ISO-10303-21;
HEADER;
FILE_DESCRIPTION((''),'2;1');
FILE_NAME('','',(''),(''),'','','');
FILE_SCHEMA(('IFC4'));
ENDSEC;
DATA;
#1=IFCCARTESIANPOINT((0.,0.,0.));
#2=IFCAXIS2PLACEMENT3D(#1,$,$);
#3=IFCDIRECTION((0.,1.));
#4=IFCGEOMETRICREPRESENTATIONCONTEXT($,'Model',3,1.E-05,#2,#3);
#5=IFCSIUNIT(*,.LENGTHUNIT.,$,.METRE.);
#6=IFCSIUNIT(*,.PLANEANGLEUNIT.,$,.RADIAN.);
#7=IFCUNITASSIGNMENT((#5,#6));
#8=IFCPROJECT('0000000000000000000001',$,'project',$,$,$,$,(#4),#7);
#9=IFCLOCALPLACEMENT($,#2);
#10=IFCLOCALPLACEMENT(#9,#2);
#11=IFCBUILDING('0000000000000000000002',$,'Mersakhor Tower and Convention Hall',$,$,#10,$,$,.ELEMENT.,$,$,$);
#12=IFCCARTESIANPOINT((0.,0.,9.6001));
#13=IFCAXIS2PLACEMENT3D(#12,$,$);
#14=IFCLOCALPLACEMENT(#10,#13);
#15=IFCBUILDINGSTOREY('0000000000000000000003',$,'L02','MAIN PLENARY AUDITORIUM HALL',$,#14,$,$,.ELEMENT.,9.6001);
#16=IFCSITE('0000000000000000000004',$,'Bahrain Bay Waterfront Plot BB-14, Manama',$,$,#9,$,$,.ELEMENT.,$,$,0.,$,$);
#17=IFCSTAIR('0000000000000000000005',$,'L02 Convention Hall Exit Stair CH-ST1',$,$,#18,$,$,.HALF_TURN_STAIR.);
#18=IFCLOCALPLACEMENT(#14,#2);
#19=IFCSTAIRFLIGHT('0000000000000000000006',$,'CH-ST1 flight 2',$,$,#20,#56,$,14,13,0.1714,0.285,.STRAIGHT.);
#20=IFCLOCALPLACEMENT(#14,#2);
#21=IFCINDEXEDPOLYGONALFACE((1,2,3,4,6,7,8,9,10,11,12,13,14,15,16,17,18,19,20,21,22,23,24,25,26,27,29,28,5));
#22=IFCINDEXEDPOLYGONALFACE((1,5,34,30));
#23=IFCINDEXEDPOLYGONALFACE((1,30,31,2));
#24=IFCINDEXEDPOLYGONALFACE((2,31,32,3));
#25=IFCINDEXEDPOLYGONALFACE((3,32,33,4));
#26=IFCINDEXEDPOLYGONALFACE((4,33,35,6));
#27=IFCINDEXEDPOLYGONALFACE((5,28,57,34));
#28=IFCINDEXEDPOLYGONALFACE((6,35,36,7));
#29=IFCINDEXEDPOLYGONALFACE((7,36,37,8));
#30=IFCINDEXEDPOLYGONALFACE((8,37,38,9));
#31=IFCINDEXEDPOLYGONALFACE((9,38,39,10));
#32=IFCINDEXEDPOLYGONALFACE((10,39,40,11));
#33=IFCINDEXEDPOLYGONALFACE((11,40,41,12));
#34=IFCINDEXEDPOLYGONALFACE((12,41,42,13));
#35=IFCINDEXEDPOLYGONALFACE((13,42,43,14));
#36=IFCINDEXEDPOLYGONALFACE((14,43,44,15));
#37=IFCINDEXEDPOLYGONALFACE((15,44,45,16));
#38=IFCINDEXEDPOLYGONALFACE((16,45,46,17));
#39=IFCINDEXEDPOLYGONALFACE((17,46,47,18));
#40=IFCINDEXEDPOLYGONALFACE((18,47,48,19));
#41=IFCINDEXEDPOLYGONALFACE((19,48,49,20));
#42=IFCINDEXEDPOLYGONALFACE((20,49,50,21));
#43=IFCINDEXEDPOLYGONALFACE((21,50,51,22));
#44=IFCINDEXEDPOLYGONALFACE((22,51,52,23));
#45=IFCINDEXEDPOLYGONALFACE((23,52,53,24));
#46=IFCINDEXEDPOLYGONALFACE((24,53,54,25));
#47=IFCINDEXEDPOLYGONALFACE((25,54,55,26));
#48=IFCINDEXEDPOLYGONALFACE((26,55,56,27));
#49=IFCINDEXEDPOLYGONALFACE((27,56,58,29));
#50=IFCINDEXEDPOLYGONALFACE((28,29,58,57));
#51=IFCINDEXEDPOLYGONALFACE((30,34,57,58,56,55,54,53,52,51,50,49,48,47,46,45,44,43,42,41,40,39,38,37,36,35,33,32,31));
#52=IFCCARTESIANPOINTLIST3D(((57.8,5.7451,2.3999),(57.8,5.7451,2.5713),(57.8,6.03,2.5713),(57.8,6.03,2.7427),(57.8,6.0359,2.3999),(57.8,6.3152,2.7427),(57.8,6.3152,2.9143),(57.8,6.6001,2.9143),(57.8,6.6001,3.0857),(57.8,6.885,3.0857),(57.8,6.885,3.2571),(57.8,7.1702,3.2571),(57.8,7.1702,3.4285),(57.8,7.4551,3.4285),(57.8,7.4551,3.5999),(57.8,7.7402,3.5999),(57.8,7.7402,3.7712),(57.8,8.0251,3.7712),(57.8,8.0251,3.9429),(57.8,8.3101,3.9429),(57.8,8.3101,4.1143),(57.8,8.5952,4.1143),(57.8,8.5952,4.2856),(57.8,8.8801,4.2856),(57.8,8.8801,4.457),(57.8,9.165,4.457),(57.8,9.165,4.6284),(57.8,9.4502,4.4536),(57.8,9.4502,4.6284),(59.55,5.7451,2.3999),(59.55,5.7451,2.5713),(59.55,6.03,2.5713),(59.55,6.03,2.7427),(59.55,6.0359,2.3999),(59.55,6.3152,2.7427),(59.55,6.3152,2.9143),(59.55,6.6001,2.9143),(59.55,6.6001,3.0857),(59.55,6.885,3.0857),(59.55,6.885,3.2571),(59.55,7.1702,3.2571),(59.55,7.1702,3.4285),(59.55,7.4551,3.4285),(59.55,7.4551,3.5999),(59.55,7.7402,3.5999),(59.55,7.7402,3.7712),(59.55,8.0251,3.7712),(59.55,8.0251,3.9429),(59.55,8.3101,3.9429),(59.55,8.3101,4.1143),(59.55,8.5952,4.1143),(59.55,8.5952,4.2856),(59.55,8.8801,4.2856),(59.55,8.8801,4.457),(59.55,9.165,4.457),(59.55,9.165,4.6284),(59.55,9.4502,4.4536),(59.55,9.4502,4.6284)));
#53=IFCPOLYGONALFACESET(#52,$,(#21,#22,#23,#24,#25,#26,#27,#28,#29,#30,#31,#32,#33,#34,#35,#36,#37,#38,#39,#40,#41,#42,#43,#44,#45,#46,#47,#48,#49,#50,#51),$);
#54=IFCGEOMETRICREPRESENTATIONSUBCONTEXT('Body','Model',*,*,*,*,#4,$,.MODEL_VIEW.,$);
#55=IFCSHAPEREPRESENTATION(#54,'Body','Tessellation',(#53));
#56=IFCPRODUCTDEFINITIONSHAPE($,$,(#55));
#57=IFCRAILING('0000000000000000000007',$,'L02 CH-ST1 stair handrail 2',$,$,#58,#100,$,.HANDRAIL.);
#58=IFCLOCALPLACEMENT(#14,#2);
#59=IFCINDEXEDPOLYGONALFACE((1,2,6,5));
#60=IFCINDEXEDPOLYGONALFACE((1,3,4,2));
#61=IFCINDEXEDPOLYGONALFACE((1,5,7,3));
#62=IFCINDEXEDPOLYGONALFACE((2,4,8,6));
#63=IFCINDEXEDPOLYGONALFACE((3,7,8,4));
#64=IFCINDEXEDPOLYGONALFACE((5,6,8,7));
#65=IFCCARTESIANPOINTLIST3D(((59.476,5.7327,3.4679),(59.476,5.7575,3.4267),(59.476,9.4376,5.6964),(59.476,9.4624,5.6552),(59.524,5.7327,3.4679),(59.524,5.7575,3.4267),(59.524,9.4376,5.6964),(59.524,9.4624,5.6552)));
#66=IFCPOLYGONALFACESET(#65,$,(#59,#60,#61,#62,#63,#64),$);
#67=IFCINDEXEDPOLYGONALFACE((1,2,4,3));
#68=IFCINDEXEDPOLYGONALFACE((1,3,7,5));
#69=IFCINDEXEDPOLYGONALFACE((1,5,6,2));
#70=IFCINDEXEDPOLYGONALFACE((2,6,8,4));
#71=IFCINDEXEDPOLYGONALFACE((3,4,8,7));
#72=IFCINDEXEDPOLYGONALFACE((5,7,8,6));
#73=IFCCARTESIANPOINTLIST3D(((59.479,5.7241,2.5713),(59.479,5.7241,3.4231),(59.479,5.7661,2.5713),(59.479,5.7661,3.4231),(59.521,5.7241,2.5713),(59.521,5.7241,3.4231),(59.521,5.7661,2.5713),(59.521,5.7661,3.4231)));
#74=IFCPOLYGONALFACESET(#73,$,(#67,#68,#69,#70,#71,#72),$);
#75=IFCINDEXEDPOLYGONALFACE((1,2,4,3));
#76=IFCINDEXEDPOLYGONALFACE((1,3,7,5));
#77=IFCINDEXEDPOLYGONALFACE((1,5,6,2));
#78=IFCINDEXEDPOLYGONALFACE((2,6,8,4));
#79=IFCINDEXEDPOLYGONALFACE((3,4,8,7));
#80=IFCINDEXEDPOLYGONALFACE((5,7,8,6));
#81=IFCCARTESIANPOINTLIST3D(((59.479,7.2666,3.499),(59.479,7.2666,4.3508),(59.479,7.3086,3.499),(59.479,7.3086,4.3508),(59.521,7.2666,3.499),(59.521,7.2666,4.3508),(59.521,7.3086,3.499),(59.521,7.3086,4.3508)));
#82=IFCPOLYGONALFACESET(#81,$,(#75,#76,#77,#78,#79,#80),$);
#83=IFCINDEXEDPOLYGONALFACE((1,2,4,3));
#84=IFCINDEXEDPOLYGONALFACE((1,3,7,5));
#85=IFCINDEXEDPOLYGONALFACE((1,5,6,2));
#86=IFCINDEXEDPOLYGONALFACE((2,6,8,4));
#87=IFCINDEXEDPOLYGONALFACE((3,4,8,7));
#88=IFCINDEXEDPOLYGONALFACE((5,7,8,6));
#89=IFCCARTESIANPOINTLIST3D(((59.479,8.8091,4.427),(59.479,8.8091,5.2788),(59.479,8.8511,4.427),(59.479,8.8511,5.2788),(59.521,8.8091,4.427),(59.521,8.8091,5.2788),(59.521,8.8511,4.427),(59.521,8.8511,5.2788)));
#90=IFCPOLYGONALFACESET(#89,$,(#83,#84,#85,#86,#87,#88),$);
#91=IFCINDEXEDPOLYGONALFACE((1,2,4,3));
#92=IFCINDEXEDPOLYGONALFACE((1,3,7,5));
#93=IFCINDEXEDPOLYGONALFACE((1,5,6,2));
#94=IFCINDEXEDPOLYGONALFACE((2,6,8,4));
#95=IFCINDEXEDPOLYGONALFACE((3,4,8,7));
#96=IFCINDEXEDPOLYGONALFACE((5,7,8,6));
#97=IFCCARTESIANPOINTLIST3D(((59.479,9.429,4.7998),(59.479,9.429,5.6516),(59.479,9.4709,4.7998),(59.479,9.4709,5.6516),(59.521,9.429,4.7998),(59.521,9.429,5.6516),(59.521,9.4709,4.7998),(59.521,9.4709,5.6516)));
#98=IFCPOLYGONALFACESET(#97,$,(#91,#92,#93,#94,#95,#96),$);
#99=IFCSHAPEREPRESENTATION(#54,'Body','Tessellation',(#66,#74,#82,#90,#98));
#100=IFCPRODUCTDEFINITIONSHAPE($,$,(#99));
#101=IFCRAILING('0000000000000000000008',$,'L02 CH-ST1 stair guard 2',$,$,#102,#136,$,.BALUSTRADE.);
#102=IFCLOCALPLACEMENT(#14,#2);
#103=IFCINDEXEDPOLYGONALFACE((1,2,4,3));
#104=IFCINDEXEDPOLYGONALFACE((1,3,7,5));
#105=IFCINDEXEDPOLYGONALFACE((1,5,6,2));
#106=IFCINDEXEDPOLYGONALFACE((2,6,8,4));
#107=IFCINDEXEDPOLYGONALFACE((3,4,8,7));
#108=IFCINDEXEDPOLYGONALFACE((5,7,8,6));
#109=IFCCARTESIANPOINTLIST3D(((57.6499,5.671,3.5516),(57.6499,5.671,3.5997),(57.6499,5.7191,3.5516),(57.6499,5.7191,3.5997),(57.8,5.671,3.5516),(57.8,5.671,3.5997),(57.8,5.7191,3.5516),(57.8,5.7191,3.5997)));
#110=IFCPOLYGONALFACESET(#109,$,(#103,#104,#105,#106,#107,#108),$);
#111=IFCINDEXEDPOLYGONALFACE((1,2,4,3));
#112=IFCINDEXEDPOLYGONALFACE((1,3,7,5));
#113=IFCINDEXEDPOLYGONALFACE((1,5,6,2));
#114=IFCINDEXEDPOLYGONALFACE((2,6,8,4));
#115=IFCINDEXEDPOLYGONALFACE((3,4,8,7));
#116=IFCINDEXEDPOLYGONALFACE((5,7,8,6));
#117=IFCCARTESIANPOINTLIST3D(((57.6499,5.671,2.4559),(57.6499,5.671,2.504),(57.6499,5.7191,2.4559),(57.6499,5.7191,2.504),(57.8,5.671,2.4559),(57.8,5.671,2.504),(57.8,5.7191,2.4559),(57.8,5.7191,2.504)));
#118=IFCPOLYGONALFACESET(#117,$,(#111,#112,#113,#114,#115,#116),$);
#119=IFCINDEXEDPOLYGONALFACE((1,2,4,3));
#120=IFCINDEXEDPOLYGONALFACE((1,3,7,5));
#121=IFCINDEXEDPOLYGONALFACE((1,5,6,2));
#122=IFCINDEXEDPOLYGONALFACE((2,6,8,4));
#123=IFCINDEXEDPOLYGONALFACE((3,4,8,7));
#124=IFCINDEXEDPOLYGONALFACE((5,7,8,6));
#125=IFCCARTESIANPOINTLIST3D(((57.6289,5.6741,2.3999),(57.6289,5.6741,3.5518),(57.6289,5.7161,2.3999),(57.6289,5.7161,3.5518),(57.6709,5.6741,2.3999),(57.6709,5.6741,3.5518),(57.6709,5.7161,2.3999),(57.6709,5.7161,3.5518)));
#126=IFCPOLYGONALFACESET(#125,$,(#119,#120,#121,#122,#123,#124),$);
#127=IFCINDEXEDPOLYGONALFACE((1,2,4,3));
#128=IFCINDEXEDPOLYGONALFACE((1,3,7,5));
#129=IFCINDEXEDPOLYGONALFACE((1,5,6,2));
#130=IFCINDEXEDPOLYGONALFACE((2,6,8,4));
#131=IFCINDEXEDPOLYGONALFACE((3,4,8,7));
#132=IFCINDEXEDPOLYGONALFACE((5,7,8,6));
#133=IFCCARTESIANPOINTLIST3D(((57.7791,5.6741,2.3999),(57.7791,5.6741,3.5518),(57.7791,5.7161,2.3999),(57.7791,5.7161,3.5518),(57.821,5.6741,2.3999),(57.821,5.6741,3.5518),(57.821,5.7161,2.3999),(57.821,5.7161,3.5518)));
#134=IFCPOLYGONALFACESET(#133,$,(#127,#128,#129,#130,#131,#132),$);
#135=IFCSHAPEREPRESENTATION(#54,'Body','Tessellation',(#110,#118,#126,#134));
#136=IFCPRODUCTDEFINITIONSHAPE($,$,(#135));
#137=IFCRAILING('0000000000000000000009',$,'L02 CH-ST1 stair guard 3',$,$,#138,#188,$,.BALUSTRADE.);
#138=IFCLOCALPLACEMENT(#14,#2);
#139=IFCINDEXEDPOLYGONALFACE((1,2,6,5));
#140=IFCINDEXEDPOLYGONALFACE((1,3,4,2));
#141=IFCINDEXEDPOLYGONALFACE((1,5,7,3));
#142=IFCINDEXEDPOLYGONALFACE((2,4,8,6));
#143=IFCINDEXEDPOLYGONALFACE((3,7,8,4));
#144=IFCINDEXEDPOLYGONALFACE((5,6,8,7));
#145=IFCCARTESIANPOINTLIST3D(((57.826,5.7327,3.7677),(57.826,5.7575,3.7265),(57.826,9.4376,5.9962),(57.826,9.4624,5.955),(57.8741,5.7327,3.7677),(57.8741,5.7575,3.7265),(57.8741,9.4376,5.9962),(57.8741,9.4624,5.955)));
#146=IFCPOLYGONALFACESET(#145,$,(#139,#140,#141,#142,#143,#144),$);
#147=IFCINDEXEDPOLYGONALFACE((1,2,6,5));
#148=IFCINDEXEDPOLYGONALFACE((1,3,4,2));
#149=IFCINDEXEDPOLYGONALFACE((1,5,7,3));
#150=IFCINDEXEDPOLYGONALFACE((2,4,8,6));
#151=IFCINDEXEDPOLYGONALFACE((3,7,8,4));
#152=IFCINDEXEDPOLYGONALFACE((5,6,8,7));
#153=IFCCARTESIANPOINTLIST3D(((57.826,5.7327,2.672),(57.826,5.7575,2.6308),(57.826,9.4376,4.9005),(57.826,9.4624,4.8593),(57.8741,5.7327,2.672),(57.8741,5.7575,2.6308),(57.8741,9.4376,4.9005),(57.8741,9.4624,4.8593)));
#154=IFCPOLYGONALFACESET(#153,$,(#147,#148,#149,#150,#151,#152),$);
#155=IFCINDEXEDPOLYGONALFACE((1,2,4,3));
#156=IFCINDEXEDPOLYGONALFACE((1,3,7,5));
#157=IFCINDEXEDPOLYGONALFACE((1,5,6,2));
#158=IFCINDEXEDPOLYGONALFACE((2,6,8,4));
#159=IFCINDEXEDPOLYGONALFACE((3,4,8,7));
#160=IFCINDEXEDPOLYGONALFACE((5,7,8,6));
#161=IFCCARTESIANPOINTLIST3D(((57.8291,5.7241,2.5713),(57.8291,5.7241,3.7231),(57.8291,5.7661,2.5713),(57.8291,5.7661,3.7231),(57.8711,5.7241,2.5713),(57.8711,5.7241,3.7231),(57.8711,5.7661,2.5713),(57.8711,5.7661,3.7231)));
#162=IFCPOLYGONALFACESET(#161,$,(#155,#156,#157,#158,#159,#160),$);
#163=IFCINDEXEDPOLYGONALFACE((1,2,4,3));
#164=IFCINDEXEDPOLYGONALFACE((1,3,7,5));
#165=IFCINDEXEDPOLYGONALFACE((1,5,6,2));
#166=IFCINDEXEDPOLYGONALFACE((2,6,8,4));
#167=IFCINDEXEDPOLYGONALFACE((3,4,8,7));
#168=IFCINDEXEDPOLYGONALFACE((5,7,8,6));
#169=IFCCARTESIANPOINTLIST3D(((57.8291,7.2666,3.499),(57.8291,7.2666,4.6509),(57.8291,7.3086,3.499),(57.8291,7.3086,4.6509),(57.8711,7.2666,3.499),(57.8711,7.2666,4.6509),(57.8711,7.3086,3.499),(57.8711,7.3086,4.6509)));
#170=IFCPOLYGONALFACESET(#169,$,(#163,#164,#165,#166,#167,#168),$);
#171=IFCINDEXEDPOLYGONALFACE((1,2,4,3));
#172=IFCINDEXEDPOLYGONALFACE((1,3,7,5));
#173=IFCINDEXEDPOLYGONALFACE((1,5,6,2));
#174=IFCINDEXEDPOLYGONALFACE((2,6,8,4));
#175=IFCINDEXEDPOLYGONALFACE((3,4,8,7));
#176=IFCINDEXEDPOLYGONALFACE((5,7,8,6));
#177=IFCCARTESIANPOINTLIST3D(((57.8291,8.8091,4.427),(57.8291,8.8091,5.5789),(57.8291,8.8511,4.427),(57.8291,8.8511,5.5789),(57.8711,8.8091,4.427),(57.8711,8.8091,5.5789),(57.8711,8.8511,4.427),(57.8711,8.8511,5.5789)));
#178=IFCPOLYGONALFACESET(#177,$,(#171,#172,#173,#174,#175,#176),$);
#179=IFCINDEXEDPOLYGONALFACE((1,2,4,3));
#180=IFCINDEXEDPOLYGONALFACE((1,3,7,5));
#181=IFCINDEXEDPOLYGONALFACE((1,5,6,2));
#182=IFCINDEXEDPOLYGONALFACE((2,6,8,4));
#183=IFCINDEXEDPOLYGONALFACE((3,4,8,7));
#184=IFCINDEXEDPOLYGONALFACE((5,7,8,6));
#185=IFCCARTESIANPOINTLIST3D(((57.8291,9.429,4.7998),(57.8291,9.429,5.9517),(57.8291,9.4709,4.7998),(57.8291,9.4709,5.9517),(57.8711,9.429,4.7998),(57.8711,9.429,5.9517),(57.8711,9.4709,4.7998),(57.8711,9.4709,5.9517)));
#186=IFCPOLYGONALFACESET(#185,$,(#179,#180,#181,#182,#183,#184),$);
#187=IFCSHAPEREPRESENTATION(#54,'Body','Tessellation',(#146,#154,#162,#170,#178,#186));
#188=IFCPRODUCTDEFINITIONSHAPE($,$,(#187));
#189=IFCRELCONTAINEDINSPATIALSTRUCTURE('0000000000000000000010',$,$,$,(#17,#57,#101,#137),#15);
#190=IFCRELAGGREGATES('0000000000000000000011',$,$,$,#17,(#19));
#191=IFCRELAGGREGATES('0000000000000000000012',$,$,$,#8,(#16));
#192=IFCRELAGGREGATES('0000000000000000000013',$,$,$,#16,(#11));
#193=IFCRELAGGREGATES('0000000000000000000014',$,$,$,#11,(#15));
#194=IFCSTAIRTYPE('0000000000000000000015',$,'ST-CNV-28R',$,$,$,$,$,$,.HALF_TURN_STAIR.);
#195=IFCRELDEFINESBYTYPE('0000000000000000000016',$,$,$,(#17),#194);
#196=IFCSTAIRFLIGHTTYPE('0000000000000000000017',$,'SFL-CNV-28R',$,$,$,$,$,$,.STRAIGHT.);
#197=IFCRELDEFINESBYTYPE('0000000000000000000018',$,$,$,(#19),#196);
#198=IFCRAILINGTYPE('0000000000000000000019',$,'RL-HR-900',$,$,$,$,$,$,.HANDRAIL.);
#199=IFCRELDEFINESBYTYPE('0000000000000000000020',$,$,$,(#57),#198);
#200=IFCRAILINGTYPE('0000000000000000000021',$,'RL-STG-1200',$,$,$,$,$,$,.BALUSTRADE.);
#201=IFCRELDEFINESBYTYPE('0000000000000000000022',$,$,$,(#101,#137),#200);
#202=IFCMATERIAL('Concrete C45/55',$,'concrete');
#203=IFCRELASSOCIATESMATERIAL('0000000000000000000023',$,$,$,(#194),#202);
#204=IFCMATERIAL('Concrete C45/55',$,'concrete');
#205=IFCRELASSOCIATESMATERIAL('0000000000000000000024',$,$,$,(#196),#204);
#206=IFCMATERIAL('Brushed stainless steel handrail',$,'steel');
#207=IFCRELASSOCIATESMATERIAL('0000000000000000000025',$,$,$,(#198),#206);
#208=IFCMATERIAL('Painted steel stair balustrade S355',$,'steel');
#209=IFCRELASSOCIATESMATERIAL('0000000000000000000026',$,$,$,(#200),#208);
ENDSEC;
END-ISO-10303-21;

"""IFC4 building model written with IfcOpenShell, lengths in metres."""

from ifc_helpers import new_model, si_unit, direction, frame, origin, origin_2d, place, context, subcontext, project, spatial, polyline, rectangle, outline, extrude, material, type_object, element, aggregate, save


model = new_model("IFC4")

# Units and contexts
model_context = context("Model", 3, precision=1e-05, world=origin(), true_north=direction((0.0, 1.0)))
body_context = subcontext(model_context, "Body", "Model", "MODEL_VIEW")
ifc_project = project(units=[si_unit("LENGTHUNIT", "METRE"), si_unit("PLANEANGLEUNIT", "RADIAN")], contexts=[model_context])

# Site, building, storey
site_placement = place(None, origin())
site = spatial("IfcSite", under=ifc_project, at=site_placement, Name="Bahrain Bay Waterfront Plot BB-14, Manama", CompositionType="ELEMENT", RefElevation=0.0)
building_placement = place(site_placement, origin())
building = spatial("IfcBuilding", under=site, at=building_placement, Name="Mersakhor Tower and Convention Hall", CompositionType="ELEMENT")
storey_placement = place(building_placement, frame((0.0, 0.0, 9.6001)))
storey = spatial("IfcBuildingStorey", under=building, at=storey_placement, Name="L02", Description="MAIN PLENARY AUDITORIUM HALL", CompositionType="ELEMENT", Elevation=9.6001)

# Stair, stair flight
ifc_material_1 = material(Name="Concrete C45/55", Category="concrete")
stair_type = type_object("IfcStairType", Name="ST-CNV-28R", PredefinedType="HALF_TURN_STAIR", material=ifc_material_1)
stair_placement = place(storey_placement, origin())
stair = element("IfcStair", 1, at=stair_placement, inside=storey, type_object=stair_type, Name="L02 Convention Hall Exit Stair CH-ST1", PredefinedType="HALF_TURN_STAIR")
ifc_material_2 = material(Name="Concrete C45/55", Category="concrete")
stair_flight_type = type_object("IfcStairFlightType", Name="SFL-CNV-28R", PredefinedType="STRAIGHT", material=ifc_material_2)
stair_flight_placement = place(storey_placement, frame((58.675, 5.7451, 2.3999), z_axis=(0.0, 0.0, 1.0), x_axis=(0.0, 1.0, 0.0)))
stair_flight = element("IfcStairFlight", 2, at=stair_flight_placement, type_object=stair_flight_type, Name="CH-ST1 flight 2", NumberOfRisers=14, NumberOfTreads=13, PredefinedType="STRAIGHT", RiserHeight=0.1714, TreadLength=0.285, context=body_context, shape_type="SweptSolid", body=[
    extrude(outline(polyline([(0.0, 0.0), (0.0, 0.1714), (0.2849, 0.1714), (0.2849, 0.3428), (0.5701, 0.3428), (0.5701, 0.5144), (0.855, 0.5144), (0.855, 0.6858), (1.1399, 0.6858), (1.1399, 0.8572), (1.425, 0.8572), (1.425, 1.0286), (1.71, 1.0286), (1.71, 1.2), (1.9951, 1.2), (1.9951, 1.3713), (2.28, 1.3713), (2.28, 1.543), (2.5649, 1.543), (2.5649, 1.7144), (2.8501, 1.7144), (2.8501, 1.8857), (3.135, 1.8857), (3.135, 2.0571), (3.4199, 2.0571), (3.4199, 2.2285), (3.7051, 2.2285), (3.7051, 2.3999), (3.7051, 2.0537), (0.2908, 0.0), (0.0, 0.0)])), frame((0.0, 0.875, 0.0), z_axis=(0.0, -1.0, 0.0), x_axis=(1.0, 0.0, 0.0)), (0.0, 0.0, 1.0), 1.75),
])
aggregate(stair, [stair_flight])

# Railings
ifc_material_3 = material(Name="Brushed stainless steel handrail", Category="steel")
railing_type_1 = type_object("IfcRailingType", Name="RL-HR-900", PredefinedType="HANDRAIL", material=ifc_material_3)
railing_1_placement = place(storey_placement, frame((59.5, 5.7451, 2.5713)))
element("IfcRailing", 3, at=railing_1_placement, inside=storey, type_object=railing_type_1, Name="L02 CH-ST1 stair handrail 2", PredefinedType="HANDRAIL", context=body_context, shape_type="SweptSolid", body=[
    extrude(rectangle(XDim=0.0481, YDim=0.0481, at=origin_2d()), frame((0.0, 0.0, 0.876), z_axis=(0.0, 0.856919, 0.51545), x_axis=(-1.0, 0.0, 0.0)), (0.0, 0.0, 1.0), 4.3235),
    extrude(rectangle(XDim=0.042, YDim=0.042, at=origin_2d()), origin(), (0.0, 0.0, 1.0), 0.8518),
    extrude(rectangle(XDim=0.042, YDim=0.042, at=origin_2d()), frame((0.0, 1.5425, 0.9277)), (0.0, 0.0, 1.0), 0.8518),
    extrude(rectangle(XDim=0.042, YDim=0.042, at=origin_2d()), frame((0.0, 3.085, 1.8557)), (0.0, 0.0, 1.0), 0.8518),
    extrude(rectangle(XDim=0.042, YDim=0.042, at=origin_2d()), frame((0.0, 3.7048, 2.2285)), (0.0, 0.0, 1.0), 0.8518),
])
ifc_material_4 = material(Name="Painted steel stair balustrade S355", Category="steel")
railing_type_2 = type_object("IfcRailingType", Name="RL-STG-1200", PredefinedType="BALUSTRADE", material=ifc_material_4)
railing_2_placement = place(storey_placement, frame((57.6499, 5.6951, 2.3999)))
element("IfcRailing", 4, at=railing_2_placement, inside=storey, type_object=railing_type_2, Name="L02 CH-ST1 stair guard 2", PredefinedType="BALUSTRADE", context=body_context, shape_type="SweptSolid", body=[
    extrude(rectangle(XDim=0.0481, YDim=0.0481, at=origin_2d()), frame((0.0, 0.0, 1.1758), z_axis=(1.0, 0.0, 0.0), x_axis=(0.0, 1.0, 0.0)), (0.0, 0.0, 1.0), 0.1501),
    extrude(rectangle(XDim=0.0481, YDim=0.0481, at=origin_2d()), frame((0.0, 0.0, 0.0801), z_axis=(1.0, 0.0, 0.0), x_axis=(0.0, 1.0, 0.0)), (0.0, 0.0, 1.0), 0.1501),
    extrude(rectangle(XDim=0.042, YDim=0.042, at=origin_2d()), origin(), (0.0, 0.0, 1.0), 1.1519),
    extrude(rectangle(XDim=0.042, YDim=0.042, at=origin_2d()), frame((0.1501, 0.0, 0.0)), (0.0, 0.0, 1.0), 1.1519),
])
railing_3_placement = place(storey_placement, frame((57.8501, 5.7451, 2.5713)))
element("IfcRailing", 5, at=railing_3_placement, inside=storey, type_object=railing_type_2, Name="L02 CH-ST1 stair guard 3", PredefinedType="BALUSTRADE", context=body_context, shape_type="SweptSolid", body=[
    extrude(rectangle(XDim=0.0481, YDim=0.0481, at=origin_2d()), frame((0.0, 0.0, 1.1758), z_axis=(0.0, 0.856919, 0.51545), x_axis=(-1.0, 0.0, 0.0)), (0.0, 0.0, 1.0), 4.3235),
    extrude(rectangle(XDim=0.0481, YDim=0.0481, at=origin_2d()), frame((0.0, 0.0, 0.0801), z_axis=(0.0, 0.856919, 0.51545), x_axis=(-1.0, 0.0, 0.0)), (0.0, 0.0, 1.0), 4.3235),
    extrude(rectangle(XDim=0.042, YDim=0.042, at=origin_2d()), origin(), (0.0, 0.0, 1.0), 1.1519),
    extrude(rectangle(XDim=0.042, YDim=0.042, at=origin_2d()), frame((0.0, 1.5425, 0.9277)), (0.0, 0.0, 1.0), 1.1519),
    extrude(rectangle(XDim=0.042, YDim=0.042, at=origin_2d()), frame((0.0, 3.085, 1.8557)), (0.0, 0.0, 1.0), 1.1519),
    extrude(rectangle(XDim=0.042, YDim=0.042, at=origin_2d()), frame((0.0, 3.7048, 2.2285)), (0.0, 0.0, 1.0), 1.1519),
])

save(model, "model.ifc")
